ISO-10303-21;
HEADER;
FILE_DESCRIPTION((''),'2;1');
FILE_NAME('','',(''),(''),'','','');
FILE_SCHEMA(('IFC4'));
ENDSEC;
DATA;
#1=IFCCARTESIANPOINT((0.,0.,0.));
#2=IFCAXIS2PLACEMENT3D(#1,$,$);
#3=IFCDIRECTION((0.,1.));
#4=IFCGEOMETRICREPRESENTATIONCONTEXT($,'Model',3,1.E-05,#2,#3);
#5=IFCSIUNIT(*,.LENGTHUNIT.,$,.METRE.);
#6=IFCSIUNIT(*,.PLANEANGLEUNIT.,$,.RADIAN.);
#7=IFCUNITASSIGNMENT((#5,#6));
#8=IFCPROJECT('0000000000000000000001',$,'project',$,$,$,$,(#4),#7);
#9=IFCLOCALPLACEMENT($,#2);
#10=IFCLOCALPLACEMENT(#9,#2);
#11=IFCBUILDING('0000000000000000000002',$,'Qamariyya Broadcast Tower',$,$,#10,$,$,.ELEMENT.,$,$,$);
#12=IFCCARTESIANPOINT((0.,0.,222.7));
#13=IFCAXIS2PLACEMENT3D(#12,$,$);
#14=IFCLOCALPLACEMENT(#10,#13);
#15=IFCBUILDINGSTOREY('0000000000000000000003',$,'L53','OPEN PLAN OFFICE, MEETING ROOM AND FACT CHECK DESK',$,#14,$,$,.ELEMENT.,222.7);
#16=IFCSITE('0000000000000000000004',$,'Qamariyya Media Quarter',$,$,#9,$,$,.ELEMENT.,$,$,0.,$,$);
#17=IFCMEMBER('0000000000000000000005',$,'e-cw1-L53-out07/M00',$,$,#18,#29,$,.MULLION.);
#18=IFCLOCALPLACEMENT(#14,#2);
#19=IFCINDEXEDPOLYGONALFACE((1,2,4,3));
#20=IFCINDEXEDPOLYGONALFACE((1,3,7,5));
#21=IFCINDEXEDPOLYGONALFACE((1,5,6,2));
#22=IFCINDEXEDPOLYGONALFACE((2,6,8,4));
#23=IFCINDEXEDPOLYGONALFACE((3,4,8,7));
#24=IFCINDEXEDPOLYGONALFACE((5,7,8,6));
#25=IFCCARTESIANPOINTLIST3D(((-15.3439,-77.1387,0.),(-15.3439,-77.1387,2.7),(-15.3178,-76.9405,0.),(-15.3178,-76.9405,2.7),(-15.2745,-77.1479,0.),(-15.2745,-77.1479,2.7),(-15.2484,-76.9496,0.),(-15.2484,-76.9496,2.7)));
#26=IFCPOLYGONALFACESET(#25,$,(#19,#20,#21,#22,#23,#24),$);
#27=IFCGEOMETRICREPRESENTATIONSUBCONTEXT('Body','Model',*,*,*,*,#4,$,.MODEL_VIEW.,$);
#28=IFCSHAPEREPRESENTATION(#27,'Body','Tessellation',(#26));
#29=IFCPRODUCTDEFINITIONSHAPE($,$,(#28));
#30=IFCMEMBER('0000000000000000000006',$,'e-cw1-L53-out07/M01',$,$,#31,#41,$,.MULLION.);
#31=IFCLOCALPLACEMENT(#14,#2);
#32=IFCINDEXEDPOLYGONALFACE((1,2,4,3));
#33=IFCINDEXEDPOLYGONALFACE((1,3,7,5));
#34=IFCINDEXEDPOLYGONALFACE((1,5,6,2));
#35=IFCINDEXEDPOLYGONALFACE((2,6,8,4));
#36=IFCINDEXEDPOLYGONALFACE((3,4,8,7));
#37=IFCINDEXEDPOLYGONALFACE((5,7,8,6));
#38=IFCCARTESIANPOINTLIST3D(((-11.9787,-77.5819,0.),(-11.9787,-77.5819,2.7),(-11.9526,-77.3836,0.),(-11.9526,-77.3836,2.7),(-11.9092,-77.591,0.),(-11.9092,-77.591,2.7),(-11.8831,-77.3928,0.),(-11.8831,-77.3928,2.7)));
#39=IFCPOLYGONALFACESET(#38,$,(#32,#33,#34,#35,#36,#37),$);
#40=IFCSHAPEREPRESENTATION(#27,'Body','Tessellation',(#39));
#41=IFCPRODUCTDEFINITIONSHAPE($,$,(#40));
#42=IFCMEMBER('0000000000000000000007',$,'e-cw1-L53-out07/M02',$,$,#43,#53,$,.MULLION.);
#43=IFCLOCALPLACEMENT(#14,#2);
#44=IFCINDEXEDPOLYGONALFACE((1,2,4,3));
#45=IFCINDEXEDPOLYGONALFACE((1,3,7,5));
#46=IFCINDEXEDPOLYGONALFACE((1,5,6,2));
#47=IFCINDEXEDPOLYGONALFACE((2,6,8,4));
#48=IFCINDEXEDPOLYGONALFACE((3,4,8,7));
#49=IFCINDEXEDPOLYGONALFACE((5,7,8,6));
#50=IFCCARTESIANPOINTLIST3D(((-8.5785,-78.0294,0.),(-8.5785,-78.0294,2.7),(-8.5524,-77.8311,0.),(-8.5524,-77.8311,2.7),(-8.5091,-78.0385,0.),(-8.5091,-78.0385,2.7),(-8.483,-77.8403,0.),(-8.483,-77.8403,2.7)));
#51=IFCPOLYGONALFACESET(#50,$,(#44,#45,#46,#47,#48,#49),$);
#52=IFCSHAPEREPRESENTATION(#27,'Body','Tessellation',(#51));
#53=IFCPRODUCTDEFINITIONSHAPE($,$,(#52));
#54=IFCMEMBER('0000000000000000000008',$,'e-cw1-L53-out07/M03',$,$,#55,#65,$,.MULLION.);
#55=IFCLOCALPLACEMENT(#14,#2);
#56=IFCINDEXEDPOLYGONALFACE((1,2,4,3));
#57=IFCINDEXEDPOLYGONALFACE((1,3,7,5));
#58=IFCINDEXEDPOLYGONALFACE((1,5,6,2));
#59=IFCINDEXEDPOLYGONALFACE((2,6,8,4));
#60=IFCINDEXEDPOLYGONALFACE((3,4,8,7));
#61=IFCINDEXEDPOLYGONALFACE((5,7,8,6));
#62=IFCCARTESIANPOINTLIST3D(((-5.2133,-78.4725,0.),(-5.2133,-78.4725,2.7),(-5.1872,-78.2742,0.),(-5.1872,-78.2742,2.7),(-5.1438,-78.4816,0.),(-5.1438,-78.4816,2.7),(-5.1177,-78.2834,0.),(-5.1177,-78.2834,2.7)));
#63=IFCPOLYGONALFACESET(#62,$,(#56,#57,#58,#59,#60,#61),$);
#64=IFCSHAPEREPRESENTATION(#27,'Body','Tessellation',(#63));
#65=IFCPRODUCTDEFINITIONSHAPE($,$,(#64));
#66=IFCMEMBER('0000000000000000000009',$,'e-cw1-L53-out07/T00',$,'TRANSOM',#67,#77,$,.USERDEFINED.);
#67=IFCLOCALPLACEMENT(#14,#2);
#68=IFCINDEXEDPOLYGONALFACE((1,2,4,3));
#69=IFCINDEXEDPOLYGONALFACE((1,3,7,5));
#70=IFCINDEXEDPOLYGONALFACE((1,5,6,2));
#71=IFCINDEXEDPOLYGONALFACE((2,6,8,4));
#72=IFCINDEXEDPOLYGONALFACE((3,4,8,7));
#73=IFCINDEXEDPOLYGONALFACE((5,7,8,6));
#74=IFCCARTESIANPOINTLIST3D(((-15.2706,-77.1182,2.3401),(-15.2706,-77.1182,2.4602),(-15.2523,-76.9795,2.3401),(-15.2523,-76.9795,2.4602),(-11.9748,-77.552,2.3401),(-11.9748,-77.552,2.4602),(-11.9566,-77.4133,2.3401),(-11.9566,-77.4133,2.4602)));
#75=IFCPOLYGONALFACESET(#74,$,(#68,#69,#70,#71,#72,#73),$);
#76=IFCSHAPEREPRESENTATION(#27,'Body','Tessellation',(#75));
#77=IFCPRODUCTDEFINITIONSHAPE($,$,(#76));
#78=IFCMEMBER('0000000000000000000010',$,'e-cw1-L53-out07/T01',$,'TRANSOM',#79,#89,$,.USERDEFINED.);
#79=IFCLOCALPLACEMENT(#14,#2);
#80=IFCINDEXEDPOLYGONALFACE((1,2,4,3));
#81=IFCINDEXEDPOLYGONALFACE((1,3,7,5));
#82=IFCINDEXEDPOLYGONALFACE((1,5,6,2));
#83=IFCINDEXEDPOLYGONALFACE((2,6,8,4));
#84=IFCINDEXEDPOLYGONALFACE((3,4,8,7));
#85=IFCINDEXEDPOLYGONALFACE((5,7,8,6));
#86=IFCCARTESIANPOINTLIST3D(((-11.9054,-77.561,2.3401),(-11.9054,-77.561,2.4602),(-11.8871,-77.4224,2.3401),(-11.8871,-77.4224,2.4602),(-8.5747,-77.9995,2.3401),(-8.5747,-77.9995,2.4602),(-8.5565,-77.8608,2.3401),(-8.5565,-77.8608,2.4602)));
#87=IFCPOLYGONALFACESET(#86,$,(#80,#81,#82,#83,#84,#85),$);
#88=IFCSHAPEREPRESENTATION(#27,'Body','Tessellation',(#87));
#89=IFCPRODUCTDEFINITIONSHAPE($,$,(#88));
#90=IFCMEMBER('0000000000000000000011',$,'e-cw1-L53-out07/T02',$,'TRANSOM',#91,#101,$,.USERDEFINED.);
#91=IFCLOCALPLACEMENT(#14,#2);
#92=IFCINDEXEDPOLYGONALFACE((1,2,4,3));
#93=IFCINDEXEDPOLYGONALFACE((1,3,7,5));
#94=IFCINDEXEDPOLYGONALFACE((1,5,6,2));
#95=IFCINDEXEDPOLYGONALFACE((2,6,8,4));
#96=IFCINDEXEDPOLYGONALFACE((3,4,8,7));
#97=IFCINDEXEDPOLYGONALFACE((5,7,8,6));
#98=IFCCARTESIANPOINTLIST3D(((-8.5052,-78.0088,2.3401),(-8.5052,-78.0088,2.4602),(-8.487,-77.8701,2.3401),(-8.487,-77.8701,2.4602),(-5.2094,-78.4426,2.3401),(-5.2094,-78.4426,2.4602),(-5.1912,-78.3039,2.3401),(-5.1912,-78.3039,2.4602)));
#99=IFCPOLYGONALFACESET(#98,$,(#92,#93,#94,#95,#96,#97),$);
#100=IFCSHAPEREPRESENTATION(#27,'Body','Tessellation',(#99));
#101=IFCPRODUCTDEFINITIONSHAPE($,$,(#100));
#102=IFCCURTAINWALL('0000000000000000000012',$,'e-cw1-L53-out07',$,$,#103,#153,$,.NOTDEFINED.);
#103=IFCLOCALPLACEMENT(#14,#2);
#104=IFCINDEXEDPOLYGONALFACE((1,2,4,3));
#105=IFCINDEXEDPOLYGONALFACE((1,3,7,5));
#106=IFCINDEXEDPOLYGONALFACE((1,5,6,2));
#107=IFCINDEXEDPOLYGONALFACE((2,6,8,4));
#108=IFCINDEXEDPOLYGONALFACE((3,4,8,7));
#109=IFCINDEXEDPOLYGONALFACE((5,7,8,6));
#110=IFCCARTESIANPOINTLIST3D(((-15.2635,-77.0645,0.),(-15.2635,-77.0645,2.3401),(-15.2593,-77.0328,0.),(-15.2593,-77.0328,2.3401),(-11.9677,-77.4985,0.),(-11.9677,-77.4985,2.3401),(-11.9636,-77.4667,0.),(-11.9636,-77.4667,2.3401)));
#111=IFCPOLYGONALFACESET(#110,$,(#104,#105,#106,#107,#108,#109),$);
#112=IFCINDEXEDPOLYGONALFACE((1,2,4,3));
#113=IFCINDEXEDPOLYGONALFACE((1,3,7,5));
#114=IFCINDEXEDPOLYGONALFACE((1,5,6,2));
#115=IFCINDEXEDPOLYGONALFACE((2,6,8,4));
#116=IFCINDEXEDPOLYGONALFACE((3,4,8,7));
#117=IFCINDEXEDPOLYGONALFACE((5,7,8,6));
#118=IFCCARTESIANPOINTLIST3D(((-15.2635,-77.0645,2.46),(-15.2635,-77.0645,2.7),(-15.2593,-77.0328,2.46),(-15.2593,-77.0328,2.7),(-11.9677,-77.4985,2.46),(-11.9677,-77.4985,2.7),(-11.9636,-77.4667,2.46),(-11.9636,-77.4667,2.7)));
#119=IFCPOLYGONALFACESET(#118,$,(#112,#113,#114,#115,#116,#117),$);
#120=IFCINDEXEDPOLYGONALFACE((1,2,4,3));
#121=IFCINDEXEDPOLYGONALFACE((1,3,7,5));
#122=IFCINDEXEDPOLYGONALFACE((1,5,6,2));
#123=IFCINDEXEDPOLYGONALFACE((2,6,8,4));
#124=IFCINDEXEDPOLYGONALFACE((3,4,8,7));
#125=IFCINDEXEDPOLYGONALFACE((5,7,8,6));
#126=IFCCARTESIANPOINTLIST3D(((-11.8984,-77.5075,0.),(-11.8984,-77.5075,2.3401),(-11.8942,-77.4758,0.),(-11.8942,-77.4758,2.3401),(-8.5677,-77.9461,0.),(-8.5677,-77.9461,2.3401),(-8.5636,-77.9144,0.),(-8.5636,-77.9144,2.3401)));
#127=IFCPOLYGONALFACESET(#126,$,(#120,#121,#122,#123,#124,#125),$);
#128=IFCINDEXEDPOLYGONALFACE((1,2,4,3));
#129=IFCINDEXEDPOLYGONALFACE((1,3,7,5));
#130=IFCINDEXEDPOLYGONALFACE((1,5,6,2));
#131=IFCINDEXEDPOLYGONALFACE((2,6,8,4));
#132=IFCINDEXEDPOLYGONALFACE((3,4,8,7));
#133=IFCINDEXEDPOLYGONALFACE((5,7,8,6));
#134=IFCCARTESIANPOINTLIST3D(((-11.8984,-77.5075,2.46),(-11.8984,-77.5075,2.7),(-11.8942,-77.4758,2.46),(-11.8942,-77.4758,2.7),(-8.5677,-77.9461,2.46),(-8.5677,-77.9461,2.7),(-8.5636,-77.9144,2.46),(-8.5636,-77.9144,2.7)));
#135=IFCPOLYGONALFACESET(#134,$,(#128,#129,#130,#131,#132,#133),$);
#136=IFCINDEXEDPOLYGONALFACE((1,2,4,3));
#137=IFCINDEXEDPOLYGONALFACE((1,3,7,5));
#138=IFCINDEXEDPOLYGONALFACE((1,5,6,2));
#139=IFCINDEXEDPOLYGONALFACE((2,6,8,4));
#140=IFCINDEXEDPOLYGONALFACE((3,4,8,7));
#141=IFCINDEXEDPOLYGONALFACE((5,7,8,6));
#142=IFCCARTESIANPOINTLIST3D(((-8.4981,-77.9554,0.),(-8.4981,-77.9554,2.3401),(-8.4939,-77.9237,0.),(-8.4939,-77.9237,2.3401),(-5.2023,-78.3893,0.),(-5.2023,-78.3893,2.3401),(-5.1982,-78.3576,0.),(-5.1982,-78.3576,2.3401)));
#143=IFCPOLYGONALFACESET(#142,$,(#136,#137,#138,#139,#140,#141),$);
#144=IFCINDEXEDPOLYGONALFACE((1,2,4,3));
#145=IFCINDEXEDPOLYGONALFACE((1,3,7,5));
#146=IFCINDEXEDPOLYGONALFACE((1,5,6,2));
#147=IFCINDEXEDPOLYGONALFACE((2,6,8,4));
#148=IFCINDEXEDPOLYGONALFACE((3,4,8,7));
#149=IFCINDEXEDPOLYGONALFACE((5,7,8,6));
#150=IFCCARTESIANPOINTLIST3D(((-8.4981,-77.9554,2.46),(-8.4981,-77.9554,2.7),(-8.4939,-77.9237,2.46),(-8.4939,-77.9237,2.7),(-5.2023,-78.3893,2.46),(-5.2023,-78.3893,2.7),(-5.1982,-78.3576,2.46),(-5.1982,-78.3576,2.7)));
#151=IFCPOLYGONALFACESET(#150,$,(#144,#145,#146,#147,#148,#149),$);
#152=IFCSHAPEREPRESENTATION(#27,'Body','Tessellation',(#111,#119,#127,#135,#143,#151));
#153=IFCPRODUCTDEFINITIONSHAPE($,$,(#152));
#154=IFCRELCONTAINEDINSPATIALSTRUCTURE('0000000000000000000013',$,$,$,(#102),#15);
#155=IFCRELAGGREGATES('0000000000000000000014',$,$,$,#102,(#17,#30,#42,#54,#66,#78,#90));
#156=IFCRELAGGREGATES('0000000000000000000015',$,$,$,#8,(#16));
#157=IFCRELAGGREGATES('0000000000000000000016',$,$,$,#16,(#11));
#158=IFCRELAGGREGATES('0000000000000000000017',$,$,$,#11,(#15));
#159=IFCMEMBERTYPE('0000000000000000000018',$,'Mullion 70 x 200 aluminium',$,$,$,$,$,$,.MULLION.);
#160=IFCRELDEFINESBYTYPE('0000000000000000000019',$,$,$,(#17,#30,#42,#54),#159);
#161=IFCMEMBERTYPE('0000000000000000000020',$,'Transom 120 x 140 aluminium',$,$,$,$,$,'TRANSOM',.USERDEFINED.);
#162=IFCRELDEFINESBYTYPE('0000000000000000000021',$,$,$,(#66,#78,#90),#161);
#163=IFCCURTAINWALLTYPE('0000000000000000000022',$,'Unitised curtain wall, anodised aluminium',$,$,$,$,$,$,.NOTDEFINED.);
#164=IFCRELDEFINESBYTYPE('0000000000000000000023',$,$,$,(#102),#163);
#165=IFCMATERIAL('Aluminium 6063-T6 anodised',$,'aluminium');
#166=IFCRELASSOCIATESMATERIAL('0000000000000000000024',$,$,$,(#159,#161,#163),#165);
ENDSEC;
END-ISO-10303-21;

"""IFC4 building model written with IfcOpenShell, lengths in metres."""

from ifc_helpers import new_model, si_unit, direction, frame, origin, origin_2d, place, context, subcontext, project, spatial, rectangle, extrude, material, material_profile, profile_set, type_object, element, aggregate, save


model = new_model("IFC4")

# Units and contexts
model_context = context("Model", 3, precision=1e-05, world=origin(), true_north=direction((0.0, 1.0)))
body_context = subcontext(model_context, "Body", "Model", "MODEL_VIEW")
ifc_project = project(units=[si_unit("LENGTHUNIT", "METRE"), si_unit("PLANEANGLEUNIT", "RADIAN")], contexts=[model_context])

# Members
ifc_material = material(Name="Aluminium 6063-T6 anodised", Category="aluminium")
ifc_material_profile_1 = material_profile(ifc_material, rectangle(XDim=0.2, YDim=0.0701, at=origin_2d()))
ifc_profile_set_1 = profile_set([ifc_material_profile_1], Name="Aluminium 6063-T6 anodised")
member_type_1 = type_object("IfcMemberType", Name="Mullion 70 x 200 aluminium", PredefinedType="MULLION", material=ifc_profile_set_1)
site_placement = place(None, origin())
building_placement = place(site_placement, origin())
storey_placement = place(building_placement, frame((0.0, 0.0, 222.7)))
member_1_placement = place(storey_placement, frame((-15.2961, -77.0442, 0.0), z_axis=(0.0, 0.0, 1.0), x_axis=(0.130526, 0.991445, 0.0)))
member_1 = element("IfcMember", 1, at=member_1_placement, type_object=member_type_1, Name="e-cw1-L53-out07/M00", PredefinedType="MULLION", context=body_context, shape_type="SweptSolid", body=[
    extrude(rectangle(XDim=0.2, YDim=0.0701, at=origin_2d()), origin(), (0.0, 0.0, 1.0), 2.7),
])
member_2_placement = place(storey_placement, frame((-11.9309, -77.4873, 0.0), z_axis=(0.0, 0.0, 1.0), x_axis=(0.130526, 0.991445, 0.0)))
member_2 = element("IfcMember", 2, at=member_2_placement, type_object=member_type_1, Name="e-cw1-L53-out07/M01", PredefinedType="MULLION", context=body_context, shape_type="SweptSolid", body=[
    extrude(rectangle(XDim=0.2, YDim=0.0701, at=origin_2d()), origin(), (0.0, 0.0, 1.0), 2.7),
])
member_3_placement = place(storey_placement, frame((-8.5308, -77.9348, 0.0), z_axis=(0.0, 0.0, 1.0), x_axis=(0.130526, 0.991445, 0.0)))
member_3 = element("IfcMember", 3, at=member_3_placement, type_object=member_type_1, Name="e-cw1-L53-out07/M02", PredefinedType="MULLION", context=body_context, shape_type="SweptSolid", body=[
    extrude(rectangle(XDim=0.2, YDim=0.0701, at=origin_2d()), origin(), (0.0, 0.0, 1.0), 2.7),
])
member_4_placement = place(storey_placement, frame((-5.1655, -78.3779, 0.0), z_axis=(0.0, 0.0, 1.0), x_axis=(0.130526, 0.991445, 0.0)))
member_4 = element("IfcMember", 4, at=member_4_placement, type_object=member_type_1, Name="e-cw1-L53-out07/M03", PredefinedType="MULLION", context=body_context, shape_type="SweptSolid", body=[
    extrude(rectangle(XDim=0.2, YDim=0.0701, at=origin_2d()), origin(), (0.0, 0.0, 1.0), 2.7),
])
ifc_material_profile_2 = material_profile(ifc_material, rectangle(XDim=0.1399, YDim=0.1201, at=origin_2d()))
ifc_profile_set_2 = profile_set([ifc_material_profile_2], Name="Aluminium 6063-T6 anodised")
member_type_2 = type_object("IfcMemberType", Name="Transom 120 x 140 aluminium", ElementType="TRANSOM", PredefinedType="USERDEFINED", material=ifc_profile_set_2)
member_5_placement = place(storey_placement, frame((-15.2615, -77.0488, 2.4001), z_axis=(0.991448, -0.130504, 0.0), x_axis=(0.130504, 0.991448, 0.0)))
member_5 = element("IfcMember", 5, at=member_5_placement, type_object=member_type_2, Name="e-cw1-L53-out07/T00", ObjectType="TRANSOM", PredefinedType="USERDEFINED", context=body_context, shape_type="SweptSolid", body=[
    extrude(rectangle(XDim=0.1399, YDim=0.1201, at=origin_2d()), origin(), (0.0, 0.0, 1.0), 3.3242),
])
member_6_placement = place(storey_placement, frame((-11.8962, -77.4917, 2.4001), z_axis=(0.991445, -0.130526, 0.0), x_axis=(0.130526, 0.991445, 0.0)))
member_6 = element("IfcMember", 6, at=member_6_placement, type_object=member_type_2, Name="e-cw1-L53-out07/T01", ObjectType="TRANSOM", PredefinedType="USERDEFINED", context=body_context, shape_type="SweptSolid", body=[
    extrude(rectangle(XDim=0.1399, YDim=0.1201, at=origin_2d()), origin(), (0.0, 0.0, 1.0), 3.3594),
])
member_7_placement = place(storey_placement, frame((-8.4961, -77.9395, 2.4001), z_axis=(0.991448, -0.130504, 0.0), x_axis=(0.130504, 0.991448, 0.0)))
member_7 = element("IfcMember", 7, at=member_7_placement, type_object=member_type_2, Name="e-cw1-L53-out07/T02", ObjectType="TRANSOM", PredefinedType="USERDEFINED", context=body_context, shape_type="SweptSolid", body=[
    extrude(rectangle(XDim=0.1399, YDim=0.1201, at=origin_2d()), origin(), (0.0, 0.0, 1.0), 3.3242),
])

# Site, building, storey
site = spatial("IfcSite", under=ifc_project, at=site_placement, Name="Qamariyya Media Quarter", CompositionType="ELEMENT", RefElevation=0.0)
building = spatial("IfcBuilding", under=site, at=building_placement, Name="Qamariyya Broadcast Tower", CompositionType="ELEMENT")
storey = spatial("IfcBuildingStorey", under=building, at=storey_placement, Name="L53", Description="OPEN PLAN OFFICE, MEETING ROOM AND FACT CHECK DESK", CompositionType="ELEMENT", Elevation=222.7)

# Curtain wall
curtain_wall_type = type_object("IfcCurtainWallType", Name="Unitised curtain wall, anodised aluminium", PredefinedType="NOTDEFINED", material=ifc_material)
curtain_wall_1_placement = place(storey_placement, origin())
curtain_wall_1 = element("IfcCurtainWall", 8, at=curtain_wall_1_placement, inside=storey, type_object=curtain_wall_type, Name="e-cw1-L53-out07", PredefinedType="NOTDEFINED", context=body_context, shape_type="SweptSolid", body=[
    extrude(rectangle(XDim=3.3242, YDim=0.032, at=origin_2d()), frame((-13.6135, -77.2656, 0.0), x_axis=(0.991443, -0.130542, 0.0)), (0.0, 0.0, 1.0), 2.3401),
    extrude(rectangle(XDim=3.3242, YDim=0.032, at=origin_2d()), frame((-13.6135, -77.2656, 2.46), x_axis=(0.991443, -0.130542, 0.0)), (0.0, 0.0, 1.0), 0.24),
    extrude(rectangle(XDim=3.3594, YDim=0.032, at=origin_2d()), frame((-10.231, -77.7109, 0.0), x_axis=(0.991443, -0.130542, 0.0)), (0.0, 0.0, 1.0), 2.3401),
    extrude(rectangle(XDim=3.3594, YDim=0.032, at=origin_2d()), frame((-10.231, -77.7109, 2.46), x_axis=(0.991443, -0.130542, 0.0)), (0.0, 0.0, 1.0), 0.24),
    extrude(rectangle(XDim=3.3242, YDim=0.032, at=origin_2d()), frame((-6.8481, -78.1565, 0.0), x_axis=(0.991443, -0.130542, 0.0)), (0.0, 0.0, 1.0), 2.3401),
    extrude(rectangle(XDim=3.3242, YDim=0.032, at=origin_2d()), frame((-6.8481, -78.1565, 2.46), x_axis=(0.991443, -0.130542, 0.0)), (0.0, 0.0, 1.0), 0.24),
])
aggregate(curtain_wall_1, [member_1, member_2, member_3, member_4, member_5, member_6, member_7])

save(model, "model.ifc")
